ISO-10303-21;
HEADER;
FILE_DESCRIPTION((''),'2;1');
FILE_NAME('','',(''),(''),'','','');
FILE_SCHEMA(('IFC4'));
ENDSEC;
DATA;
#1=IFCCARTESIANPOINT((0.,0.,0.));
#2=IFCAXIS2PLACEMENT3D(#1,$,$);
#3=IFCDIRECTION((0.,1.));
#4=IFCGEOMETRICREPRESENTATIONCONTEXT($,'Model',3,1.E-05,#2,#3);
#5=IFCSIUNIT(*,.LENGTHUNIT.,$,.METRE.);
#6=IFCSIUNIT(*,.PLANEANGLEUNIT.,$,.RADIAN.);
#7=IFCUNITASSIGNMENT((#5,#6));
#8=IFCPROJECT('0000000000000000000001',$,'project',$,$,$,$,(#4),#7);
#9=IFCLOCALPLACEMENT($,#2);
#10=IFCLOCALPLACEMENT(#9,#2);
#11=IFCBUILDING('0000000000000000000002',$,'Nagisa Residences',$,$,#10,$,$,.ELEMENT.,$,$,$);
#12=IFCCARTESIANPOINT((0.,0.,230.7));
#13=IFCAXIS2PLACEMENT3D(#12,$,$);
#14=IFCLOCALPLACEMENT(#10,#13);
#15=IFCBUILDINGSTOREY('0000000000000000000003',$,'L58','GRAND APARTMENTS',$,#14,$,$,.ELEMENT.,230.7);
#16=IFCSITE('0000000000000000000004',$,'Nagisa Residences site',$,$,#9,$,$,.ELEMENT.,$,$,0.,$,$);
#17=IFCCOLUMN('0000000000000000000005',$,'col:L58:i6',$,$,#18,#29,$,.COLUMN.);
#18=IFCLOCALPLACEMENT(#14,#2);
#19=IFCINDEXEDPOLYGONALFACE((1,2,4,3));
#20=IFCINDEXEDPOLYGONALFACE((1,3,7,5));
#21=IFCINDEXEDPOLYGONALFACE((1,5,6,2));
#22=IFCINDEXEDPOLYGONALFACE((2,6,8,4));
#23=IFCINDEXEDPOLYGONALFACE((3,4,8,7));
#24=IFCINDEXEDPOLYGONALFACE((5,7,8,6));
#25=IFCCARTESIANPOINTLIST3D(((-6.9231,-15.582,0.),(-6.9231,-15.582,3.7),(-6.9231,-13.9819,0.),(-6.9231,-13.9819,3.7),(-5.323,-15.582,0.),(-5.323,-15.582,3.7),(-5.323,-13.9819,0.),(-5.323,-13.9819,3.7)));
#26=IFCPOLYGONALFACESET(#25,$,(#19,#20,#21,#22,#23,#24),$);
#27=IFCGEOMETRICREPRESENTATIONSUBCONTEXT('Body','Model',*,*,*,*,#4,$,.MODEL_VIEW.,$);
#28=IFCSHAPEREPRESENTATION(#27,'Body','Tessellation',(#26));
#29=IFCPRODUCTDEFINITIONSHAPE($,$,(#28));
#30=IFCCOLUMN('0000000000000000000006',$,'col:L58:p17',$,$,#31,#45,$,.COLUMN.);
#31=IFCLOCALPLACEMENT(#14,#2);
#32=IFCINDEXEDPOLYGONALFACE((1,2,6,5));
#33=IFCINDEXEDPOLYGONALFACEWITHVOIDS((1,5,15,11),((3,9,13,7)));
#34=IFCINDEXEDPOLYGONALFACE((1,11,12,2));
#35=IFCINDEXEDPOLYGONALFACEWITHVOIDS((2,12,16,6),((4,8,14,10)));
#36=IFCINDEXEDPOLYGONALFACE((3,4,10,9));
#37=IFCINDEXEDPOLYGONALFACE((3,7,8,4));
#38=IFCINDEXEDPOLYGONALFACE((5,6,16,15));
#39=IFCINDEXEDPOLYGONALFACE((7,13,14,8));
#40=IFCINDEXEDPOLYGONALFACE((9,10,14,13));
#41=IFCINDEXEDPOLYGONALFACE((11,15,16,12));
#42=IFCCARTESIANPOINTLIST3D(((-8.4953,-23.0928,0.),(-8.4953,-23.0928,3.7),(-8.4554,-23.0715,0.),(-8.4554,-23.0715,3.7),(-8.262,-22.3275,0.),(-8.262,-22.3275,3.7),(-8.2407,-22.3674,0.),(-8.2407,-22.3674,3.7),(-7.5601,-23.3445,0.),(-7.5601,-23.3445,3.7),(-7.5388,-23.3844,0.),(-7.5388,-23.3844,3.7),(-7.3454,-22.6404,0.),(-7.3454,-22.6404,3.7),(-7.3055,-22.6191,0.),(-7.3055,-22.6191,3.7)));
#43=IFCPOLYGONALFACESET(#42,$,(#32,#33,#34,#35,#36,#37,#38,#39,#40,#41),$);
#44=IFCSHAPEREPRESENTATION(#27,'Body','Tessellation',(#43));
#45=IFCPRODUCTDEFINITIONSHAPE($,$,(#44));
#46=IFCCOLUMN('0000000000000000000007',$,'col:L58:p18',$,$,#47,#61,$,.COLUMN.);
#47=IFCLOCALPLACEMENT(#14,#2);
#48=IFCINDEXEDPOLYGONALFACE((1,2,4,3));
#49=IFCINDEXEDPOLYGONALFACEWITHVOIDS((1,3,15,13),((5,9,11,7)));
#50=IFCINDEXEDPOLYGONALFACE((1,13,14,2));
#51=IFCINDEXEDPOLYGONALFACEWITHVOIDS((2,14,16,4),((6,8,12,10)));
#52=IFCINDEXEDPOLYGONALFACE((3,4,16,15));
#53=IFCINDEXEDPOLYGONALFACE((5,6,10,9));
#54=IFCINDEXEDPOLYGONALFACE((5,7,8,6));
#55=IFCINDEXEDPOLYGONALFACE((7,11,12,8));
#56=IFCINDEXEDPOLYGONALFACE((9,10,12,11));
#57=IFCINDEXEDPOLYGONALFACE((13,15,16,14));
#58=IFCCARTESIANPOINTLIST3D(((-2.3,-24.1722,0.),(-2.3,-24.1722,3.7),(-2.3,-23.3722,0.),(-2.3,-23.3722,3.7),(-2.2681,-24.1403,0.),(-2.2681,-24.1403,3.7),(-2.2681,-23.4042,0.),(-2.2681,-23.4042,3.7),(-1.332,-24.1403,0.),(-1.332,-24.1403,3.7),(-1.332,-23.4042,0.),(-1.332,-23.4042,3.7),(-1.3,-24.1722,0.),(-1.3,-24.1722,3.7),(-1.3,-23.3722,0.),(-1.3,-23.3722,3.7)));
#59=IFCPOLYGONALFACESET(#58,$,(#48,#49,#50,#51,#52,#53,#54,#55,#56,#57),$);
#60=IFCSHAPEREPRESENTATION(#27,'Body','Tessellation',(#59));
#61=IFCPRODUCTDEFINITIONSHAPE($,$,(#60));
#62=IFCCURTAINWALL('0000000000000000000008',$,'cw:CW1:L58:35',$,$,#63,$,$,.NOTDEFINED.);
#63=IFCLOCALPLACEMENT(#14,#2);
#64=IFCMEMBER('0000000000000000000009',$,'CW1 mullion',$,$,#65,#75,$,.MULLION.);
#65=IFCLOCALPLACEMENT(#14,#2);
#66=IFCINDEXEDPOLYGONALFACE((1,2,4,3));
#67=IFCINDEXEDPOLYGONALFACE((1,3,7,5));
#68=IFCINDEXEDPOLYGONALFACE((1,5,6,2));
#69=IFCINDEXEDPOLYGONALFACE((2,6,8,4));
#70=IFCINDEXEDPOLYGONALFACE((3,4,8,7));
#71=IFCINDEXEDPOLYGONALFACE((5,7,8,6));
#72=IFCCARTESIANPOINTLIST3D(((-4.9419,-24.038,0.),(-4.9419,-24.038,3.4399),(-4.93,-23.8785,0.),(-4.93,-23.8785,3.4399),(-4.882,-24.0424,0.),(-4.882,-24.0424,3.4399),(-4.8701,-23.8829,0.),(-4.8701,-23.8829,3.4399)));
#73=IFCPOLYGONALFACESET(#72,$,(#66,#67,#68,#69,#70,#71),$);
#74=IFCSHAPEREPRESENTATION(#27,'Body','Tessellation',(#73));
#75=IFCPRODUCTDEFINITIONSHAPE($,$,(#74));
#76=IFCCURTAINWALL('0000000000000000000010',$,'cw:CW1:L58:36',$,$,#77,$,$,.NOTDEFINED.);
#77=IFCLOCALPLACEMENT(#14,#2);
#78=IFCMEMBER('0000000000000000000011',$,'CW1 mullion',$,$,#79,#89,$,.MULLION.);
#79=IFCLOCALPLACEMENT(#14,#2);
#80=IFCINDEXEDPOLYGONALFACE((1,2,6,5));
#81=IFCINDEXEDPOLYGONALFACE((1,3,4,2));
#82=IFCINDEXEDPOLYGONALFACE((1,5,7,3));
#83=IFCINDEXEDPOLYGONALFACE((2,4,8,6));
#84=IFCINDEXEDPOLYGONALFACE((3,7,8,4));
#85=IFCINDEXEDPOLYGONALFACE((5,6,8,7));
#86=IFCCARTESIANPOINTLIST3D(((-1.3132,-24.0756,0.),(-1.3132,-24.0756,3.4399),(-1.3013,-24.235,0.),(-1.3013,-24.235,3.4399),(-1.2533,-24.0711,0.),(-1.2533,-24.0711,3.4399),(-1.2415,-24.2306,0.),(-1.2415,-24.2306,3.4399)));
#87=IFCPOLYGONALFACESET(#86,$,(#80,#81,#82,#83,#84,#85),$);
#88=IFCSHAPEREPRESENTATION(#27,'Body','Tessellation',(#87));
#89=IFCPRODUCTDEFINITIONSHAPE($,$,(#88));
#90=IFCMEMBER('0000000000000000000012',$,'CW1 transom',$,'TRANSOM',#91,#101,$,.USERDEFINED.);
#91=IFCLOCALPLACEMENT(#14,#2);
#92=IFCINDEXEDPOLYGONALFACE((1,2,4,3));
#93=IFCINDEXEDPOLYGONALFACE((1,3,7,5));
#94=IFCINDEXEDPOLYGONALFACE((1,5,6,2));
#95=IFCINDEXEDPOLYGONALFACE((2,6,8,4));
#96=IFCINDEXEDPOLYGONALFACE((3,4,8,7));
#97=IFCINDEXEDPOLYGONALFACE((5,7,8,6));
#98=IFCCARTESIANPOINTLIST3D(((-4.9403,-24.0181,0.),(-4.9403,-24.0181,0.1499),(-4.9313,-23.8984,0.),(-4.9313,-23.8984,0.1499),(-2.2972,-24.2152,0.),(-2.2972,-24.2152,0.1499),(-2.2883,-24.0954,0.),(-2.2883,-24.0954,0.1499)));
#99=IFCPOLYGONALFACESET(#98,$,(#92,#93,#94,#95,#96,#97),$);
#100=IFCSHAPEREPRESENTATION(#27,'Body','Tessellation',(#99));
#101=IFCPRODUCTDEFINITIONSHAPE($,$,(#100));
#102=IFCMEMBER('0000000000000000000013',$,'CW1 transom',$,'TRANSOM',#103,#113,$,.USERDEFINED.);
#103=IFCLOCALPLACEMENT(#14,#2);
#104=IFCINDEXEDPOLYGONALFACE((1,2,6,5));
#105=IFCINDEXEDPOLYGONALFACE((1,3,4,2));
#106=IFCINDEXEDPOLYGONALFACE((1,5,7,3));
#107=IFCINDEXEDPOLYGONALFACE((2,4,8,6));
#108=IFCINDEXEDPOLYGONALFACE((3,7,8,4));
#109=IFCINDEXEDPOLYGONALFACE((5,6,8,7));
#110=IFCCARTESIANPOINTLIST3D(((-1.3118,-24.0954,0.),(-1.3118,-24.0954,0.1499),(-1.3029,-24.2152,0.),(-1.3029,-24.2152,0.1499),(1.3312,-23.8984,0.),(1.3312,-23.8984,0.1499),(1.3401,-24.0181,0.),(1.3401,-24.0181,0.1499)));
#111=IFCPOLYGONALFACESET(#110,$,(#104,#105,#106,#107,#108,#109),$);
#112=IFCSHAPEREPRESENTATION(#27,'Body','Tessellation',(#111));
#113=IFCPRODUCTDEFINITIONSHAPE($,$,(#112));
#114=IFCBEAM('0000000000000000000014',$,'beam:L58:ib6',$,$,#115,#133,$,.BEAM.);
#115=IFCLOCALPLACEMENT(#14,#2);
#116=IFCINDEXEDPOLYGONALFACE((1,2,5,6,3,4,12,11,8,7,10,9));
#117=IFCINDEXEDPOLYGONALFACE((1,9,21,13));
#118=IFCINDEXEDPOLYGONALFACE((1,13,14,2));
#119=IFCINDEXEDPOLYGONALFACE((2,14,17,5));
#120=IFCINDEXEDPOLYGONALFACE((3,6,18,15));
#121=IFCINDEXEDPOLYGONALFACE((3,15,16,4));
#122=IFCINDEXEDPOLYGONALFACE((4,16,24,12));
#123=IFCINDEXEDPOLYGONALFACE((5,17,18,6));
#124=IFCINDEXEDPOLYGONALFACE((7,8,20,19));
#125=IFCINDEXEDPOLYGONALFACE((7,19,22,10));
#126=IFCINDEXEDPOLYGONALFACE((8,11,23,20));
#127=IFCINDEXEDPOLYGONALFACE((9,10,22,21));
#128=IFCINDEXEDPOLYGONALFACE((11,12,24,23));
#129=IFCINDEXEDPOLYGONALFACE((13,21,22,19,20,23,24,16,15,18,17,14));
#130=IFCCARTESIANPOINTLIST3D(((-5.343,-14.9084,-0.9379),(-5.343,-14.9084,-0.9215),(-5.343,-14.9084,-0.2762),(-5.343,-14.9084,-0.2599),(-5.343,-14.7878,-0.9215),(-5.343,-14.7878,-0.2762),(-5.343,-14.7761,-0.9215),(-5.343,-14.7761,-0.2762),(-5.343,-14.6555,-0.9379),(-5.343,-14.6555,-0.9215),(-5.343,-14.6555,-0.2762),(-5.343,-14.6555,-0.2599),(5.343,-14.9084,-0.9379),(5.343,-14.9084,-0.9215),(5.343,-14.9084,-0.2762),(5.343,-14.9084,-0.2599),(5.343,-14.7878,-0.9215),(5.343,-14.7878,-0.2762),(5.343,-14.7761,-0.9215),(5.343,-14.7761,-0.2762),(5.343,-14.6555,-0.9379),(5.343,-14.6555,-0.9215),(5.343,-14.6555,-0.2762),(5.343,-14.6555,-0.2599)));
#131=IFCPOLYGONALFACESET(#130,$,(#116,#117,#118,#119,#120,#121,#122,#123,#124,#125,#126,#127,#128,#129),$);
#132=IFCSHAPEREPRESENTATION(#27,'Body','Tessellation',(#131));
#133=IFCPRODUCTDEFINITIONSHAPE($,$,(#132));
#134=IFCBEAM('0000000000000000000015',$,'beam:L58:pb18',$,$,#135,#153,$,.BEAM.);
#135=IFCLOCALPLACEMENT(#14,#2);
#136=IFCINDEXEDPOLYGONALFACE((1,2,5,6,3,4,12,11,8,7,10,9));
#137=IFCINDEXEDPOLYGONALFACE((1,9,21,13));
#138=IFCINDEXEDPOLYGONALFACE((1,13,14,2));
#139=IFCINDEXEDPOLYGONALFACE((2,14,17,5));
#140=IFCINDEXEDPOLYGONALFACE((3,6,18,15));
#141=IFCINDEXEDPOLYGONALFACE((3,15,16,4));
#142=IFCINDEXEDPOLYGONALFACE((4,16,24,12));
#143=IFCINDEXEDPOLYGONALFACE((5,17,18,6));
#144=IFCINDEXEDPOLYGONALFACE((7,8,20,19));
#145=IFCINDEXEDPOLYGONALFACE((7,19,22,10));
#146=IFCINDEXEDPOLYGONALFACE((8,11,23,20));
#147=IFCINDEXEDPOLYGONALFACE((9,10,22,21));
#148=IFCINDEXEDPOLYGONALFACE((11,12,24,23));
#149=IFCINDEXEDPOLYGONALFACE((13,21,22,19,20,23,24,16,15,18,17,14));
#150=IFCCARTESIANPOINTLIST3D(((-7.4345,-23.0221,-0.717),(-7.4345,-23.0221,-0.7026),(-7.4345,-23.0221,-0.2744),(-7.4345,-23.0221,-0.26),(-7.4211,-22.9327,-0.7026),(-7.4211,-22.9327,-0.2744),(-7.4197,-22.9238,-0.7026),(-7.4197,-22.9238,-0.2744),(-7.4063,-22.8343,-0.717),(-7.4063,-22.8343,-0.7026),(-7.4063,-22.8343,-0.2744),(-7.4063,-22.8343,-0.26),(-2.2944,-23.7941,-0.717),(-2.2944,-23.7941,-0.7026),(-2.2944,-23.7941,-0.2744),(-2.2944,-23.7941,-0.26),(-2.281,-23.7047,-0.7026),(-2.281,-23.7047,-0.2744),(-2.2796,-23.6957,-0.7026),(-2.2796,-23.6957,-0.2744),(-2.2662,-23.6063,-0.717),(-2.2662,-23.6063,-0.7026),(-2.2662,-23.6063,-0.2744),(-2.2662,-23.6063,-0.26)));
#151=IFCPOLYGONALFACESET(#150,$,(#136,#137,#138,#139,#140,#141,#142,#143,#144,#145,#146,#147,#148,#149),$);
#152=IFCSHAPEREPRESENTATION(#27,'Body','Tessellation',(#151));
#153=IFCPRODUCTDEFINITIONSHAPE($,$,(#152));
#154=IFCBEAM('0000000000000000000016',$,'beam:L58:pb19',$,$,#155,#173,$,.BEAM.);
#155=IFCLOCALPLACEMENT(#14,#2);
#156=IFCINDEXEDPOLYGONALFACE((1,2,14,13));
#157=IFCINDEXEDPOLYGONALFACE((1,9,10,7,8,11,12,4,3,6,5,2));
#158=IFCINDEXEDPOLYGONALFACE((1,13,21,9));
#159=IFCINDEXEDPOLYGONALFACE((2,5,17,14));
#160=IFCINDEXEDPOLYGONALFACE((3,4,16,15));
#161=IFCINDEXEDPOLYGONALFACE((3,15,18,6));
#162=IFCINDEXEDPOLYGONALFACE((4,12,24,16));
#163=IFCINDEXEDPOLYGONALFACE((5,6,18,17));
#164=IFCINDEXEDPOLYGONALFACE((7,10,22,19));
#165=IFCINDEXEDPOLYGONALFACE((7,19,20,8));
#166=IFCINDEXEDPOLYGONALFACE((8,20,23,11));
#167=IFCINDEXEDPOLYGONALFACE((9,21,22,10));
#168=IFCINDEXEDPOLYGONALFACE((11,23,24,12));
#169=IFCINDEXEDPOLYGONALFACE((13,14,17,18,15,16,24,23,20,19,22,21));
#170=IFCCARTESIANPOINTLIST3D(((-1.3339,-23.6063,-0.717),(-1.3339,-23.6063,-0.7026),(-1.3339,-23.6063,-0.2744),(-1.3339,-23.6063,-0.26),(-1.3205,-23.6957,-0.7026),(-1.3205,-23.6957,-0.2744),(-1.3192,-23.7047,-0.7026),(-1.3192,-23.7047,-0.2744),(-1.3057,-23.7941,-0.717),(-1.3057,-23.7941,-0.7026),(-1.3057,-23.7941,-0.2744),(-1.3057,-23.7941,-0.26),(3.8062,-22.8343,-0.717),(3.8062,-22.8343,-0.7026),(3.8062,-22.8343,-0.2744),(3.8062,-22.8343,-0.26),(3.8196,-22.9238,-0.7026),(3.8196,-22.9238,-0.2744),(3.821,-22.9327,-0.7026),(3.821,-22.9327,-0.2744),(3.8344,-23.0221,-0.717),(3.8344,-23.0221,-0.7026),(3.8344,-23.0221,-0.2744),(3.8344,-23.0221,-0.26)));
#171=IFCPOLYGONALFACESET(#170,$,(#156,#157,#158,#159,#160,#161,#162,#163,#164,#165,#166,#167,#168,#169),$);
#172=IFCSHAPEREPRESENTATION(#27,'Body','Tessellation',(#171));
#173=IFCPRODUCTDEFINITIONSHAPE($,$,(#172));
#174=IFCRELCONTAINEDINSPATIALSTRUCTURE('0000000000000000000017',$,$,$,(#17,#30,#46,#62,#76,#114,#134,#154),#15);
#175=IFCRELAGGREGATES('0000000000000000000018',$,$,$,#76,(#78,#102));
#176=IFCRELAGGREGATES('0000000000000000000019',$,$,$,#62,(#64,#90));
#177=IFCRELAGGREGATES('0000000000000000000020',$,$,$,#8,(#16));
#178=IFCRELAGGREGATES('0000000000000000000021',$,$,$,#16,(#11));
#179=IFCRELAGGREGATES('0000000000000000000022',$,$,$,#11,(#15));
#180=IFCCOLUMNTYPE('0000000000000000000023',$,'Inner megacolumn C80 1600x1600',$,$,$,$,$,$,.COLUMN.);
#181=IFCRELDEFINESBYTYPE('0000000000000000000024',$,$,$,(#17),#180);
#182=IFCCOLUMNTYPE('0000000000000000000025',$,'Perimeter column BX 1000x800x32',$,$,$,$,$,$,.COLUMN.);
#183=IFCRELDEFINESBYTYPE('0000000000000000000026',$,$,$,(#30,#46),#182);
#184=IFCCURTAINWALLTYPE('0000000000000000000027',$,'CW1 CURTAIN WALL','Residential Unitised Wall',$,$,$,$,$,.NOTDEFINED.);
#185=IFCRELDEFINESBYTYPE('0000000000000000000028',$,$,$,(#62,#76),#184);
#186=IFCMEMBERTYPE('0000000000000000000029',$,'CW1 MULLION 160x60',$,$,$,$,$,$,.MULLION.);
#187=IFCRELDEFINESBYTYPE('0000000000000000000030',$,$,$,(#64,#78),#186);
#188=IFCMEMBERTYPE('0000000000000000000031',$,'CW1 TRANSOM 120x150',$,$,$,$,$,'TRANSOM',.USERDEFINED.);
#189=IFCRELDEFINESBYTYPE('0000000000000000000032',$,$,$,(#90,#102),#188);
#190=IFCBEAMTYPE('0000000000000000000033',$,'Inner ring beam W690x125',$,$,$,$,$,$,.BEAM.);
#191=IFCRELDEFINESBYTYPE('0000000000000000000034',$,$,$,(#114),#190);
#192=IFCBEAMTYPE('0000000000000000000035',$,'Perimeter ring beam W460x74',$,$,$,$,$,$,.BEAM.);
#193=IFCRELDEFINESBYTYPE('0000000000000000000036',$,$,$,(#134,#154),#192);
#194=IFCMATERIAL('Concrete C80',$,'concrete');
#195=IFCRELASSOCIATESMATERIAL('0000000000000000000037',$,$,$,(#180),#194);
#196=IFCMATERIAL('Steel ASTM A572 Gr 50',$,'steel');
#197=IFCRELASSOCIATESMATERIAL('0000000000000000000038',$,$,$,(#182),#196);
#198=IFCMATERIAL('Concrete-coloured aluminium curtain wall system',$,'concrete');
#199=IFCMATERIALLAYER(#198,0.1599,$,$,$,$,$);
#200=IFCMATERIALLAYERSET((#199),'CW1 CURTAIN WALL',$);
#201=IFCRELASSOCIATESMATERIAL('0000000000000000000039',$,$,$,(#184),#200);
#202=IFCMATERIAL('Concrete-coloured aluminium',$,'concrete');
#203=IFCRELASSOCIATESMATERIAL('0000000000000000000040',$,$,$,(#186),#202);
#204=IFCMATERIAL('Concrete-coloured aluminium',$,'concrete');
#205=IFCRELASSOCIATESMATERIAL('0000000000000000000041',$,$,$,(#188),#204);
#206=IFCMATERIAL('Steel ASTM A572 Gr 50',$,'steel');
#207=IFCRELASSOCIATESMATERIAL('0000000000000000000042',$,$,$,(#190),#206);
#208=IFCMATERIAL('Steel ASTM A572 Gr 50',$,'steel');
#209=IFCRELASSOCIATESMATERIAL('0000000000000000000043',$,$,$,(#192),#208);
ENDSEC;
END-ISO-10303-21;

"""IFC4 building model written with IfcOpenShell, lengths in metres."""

from ifc_helpers import new_model, si_unit, direction, frame, origin, origin_2d, place, context, subcontext, project, spatial, rectangle, hollow_rectangle, i_section, extrude, material, layer, layer_set, material_profile, profile_set, type_object, element, aggregate, save


model = new_model("IFC4")

# Units and contexts
model_context = context("Model", 3, precision=1e-05, world=origin(), true_north=direction((0.0, 1.0)))
body_context = subcontext(model_context, "Body", "Model", "MODEL_VIEW")
ifc_project = project(units=[si_unit("LENGTHUNIT", "METRE"), si_unit("PLANEANGLEUNIT", "RADIAN")], contexts=[model_context])

# Site, building, storey
site_placement = place(None, origin())
site = spatial("IfcSite", under=ifc_project, at=site_placement, Name="Nagisa Residences site", CompositionType="ELEMENT", RefElevation=0.0)
building_placement = place(site_placement, origin())
building = spatial("IfcBuilding", under=site, at=building_placement, Name="Nagisa Residences", CompositionType="ELEMENT")
storey_placement = place(building_placement, frame((0.0, 0.0, 230.7)))
storey = spatial("IfcBuildingStorey", under=building, at=storey_placement, Name="L58", Description="GRAND APARTMENTS", CompositionType="ELEMENT", Elevation=230.7)

# Columns
ifc_material_1 = material(Name="Concrete C80", Category="concrete")
ifc_material_profile_1 = material_profile(ifc_material_1, rectangle(XDim=1.6001, YDim=1.6001, at=origin_2d()), Name="C80 1600x1600")
ifc_profile_set_1 = profile_set([ifc_material_profile_1], Name="Concrete C80")
column_type_1 = type_object("IfcColumnType", Name="Inner megacolumn C80 1600x1600", PredefinedType="COLUMN", material=ifc_profile_set_1)
column_placement = place(storey_placement, frame((-6.123, -14.782, 0.0), z_axis=(0.0, 0.0, 1.0), x_axis=(1.0, 0.0, 0.0)))
element("IfcColumn", 1, at=column_placement, inside=storey, type_object=column_type_1, Name="col:L58:i6", PredefinedType="COLUMN", context=body_context, shape_type="SweptSolid", body=[
    extrude(rectangle(XDim=1.6001, YDim=1.6001, at=origin_2d()), origin(), (0.0, 0.0, 1.0), 3.7),
])
ifc_material_2 = material(Name="Steel ASTM A572 Gr 50", Category="steel")
ifc_material_profile_2 = material_profile(ifc_material_2, hollow_rectangle(XDim=1.0, YDim=0.8, WallThickness=0.032, at=origin_2d()), Name="BX 1000x800x32")
ifc_profile_set_2 = profile_set([ifc_material_profile_2], Name="Steel ASTM A572 Gr 50")
column_type_2 = type_object("IfcColumnType", Name="Perimeter column BX 1000x800x32", PredefinedType="COLUMN", material=ifc_profile_set_2)
for number, where, z_axis, x_axis, name in (
    (2, (-7.9004, -22.856, 0.0), (0.0, 0.0, 1.0), (0.956525, -0.291652, 0.0), "col:L58:p17"),
    (3, (-1.8, -23.7722, 0.0), (0.0, 0.0, 1.0), (1.0, 0.0, 0.0), "col:L58:p18"),
):
    element("IfcColumn", number, at=place(storey_placement, frame(where, z_axis=z_axis, x_axis=x_axis)), inside=storey, type_object=column_type_2, Name=name, PredefinedType="COLUMN", context=body_context, shape_type="SweptSolid", body=[
        extrude(hollow_rectangle(XDim=1.0, YDim=0.8, WallThickness=0.032, at=origin_2d()), origin(), (0.0, 0.0, 1.0), 3.7),
    ])

# Curtain walls, members
ifc_material_3 = material(Name="Concrete-coloured aluminium curtain wall system", Category="concrete")
ifc_layer_1 = layer(ifc_material_3, 0.1599)
ifc_layer_set_1 = layer_set([ifc_layer_1], Name="CW1 CURTAIN WALL")
curtain_wall_type = type_object("IfcCurtainWallType", Name="CW1 CURTAIN WALL", Description="Residential Unitised Wall", PredefinedType="NOTDEFINED", material=ifc_layer_set_1)
curtain_wall_1_placement = place(storey_placement, origin())
curtain_wall_1 = element("IfcCurtainWall", 4, at=curtain_wall_1_placement, inside=storey, type_object=curtain_wall_type, Name="cw:CW1:L58:35", PredefinedType="NOTDEFINED")
ifc_material_4 = material(Name="Concrete-coloured aluminium", Category="concrete")
ifc_material_profile_3 = material_profile(ifc_material_4, rectangle(XDim=0.1599, YDim=0.0601, at=origin_2d()), Name="CW1 MULLION 160x60")
ifc_profile_set_3 = profile_set([ifc_material_profile_3], Name="Concrete-coloured aluminium")
member_type_1 = type_object("IfcMemberType", Name="CW1 MULLION 160x60", PredefinedType="MULLION", material=ifc_profile_set_3)
member_1_placement = place(storey_placement, frame((-4.906, -23.9604, 0.0), z_axis=(0.0, 0.0, 1.0), x_axis=(0.074377, 0.99723, 0.0)))
member_1 = element("IfcMember", 5, at=member_1_placement, type_object=member_type_1, Name="CW1 mullion", PredefinedType="MULLION", context=body_context, shape_type="SweptSolid", body=[
    extrude(rectangle(XDim=0.1599, YDim=0.0601, at=origin_2d()), origin(), (0.0, 0.0, 1.0), 3.4399),
])
curtain_wall_2_placement = place(storey_placement, origin())
curtain_wall_2 = element("IfcCurtainWall", 6, at=curtain_wall_2_placement, inside=storey, type_object=curtain_wall_type, Name="cw:CW1:L58:36", PredefinedType="NOTDEFINED")
member_2_placement = place(storey_placement, frame((-1.2773, -24.1531, 0.0), z_axis=(0.0, 0.0, 1.0), x_axis=(-0.074377, 0.99723, 0.0)))
member_2 = element("IfcMember", 7, at=member_2_placement, type_object=member_type_1, Name="CW1 mullion", PredefinedType="MULLION", context=body_context, shape_type="SweptSolid", body=[
    extrude(rectangle(XDim=0.1599, YDim=0.0601, at=origin_2d()), origin(), (0.0, 0.0, 1.0), 3.4399),
])

# Members
ifc_material_5 = material(Name="Concrete-coloured aluminium", Category="concrete")
ifc_material_profile_4 = material_profile(ifc_material_5, rectangle(XDim=0.1201, YDim=0.1499, at=origin_2d()), Name="CW1 TRANSOM 120x150")
ifc_profile_set_4 = profile_set([ifc_material_profile_4], Name="Concrete-coloured aluminium")
member_type_2 = type_object("IfcMemberType", Name="CW1 TRANSOM 120x150", ElementType="TRANSOM", PredefinedType="USERDEFINED", material=ifc_profile_set_4)
member_3_placement = place(storey_placement, frame((-4.9358, -23.9583, 0.075), z_axis=(0.997233, -0.074337, 0.0), x_axis=(0.074337, 0.997233, 0.0)))
member_3 = element("IfcMember", 8, at=member_3_placement, type_object=member_type_2, Name="CW1 transom", ObjectType="TRANSOM", PredefinedType="USERDEFINED", context=body_context, shape_type="SweptSolid", body=[
    extrude(rectangle(XDim=0.1201, YDim=0.1499, at=origin_2d()), origin(), (0.0, 0.0, 1.0), 2.6504),
])
member_4_placement = place(storey_placement, frame((-1.3074, -24.1553, 0.075), z_axis=(0.997233, 0.074337, 0.0), x_axis=(-0.074337, 0.997233, 0.0)))
member_4 = element("IfcMember", 9, at=member_4_placement, type_object=member_type_2, Name="CW1 transom", ObjectType="TRANSOM", PredefinedType="USERDEFINED", context=body_context, shape_type="SweptSolid", body=[
    extrude(rectangle(XDim=0.1201, YDim=0.1499, at=origin_2d()), origin(), (0.0, 0.0, 1.0), 2.6504),
])
aggregate(curtain_wall_2, [member_2, member_4])

# Beams
ifc_material_6 = material(Name="Steel ASTM A572 Gr 50", Category="steel")
ifc_material_profile_5 = material_profile(ifc_material_6, i_section(OverallWidth=0.2529, OverallDepth=0.678, WebThickness=0.0117, FlangeThickness=0.0164, at=origin_2d()), Name="W690x125")
ifc_profile_set_5 = profile_set([ifc_material_profile_5], Name="Steel ASTM A572 Gr 50")
beam_type_1 = type_object("IfcBeamType", Name="Inner ring beam W690x125", PredefinedType="BEAM", material=ifc_profile_set_5)
beam_1_placement = place(storey_placement, frame((-5.343, -14.782, -0.5989), z_axis=(1.0, 0.0, 0.0), x_axis=(0.0, 1.0, 0.0)))
element("IfcBeam", 10, at=beam_1_placement, inside=storey, type_object=beam_type_1, Name="beam:L58:ib6", PredefinedType="BEAM", context=body_context, shape_type="SweptSolid", body=[
    extrude(i_section(OverallWidth=0.2529, OverallDepth=0.678, WebThickness=0.0117, FlangeThickness=0.0164, at=origin_2d()), origin(), (0.0, 0.0, 1.0), 10.686),
])
ifc_material_7 = material(Name="Steel ASTM A572 Gr 50", Category="steel")
ifc_material_profile_6 = material_profile(ifc_material_7, i_section(OverallWidth=0.1899, OverallDepth=0.457, WebThickness=0.009, FlangeThickness=0.0144, at=origin_2d()), Name="W460x74")
ifc_profile_set_6 = profile_set([ifc_material_profile_6], Name="Steel ASTM A572 Gr 50")
beam_type_2 = type_object("IfcBeamType", Name="Perimeter ring beam W460x74", PredefinedType="BEAM", material=ifc_profile_set_6)
for number, where, z_axis, x_axis, name in (
    (11, (-7.4204, -22.9282, -0.4885), (0.988909, -0.14852, 0.0), (0.14852, 0.988909, 0.0), "beam:L58:pb18"),
    (12, (-1.3198, -23.7002, -0.4885), (0.988909, 0.14852, 0.0), (-0.14852, 0.988909, 0.0), "beam:L58:pb19"),
):
    element("IfcBeam", number, at=place(storey_placement, frame(where, z_axis=z_axis, x_axis=x_axis)), inside=storey, type_object=beam_type_2, Name=name, PredefinedType="BEAM", context=body_context, shape_type="SweptSolid", body=[
        extrude(i_section(OverallWidth=0.1899, OverallDepth=0.457, WebThickness=0.009, FlangeThickness=0.0144, at=origin_2d()), origin(), (0.0, 0.0, 1.0), 5.1978),
    ])

aggregate(curtain_wall_1, [member_1, member_3])

save(model, "model.ifc")
